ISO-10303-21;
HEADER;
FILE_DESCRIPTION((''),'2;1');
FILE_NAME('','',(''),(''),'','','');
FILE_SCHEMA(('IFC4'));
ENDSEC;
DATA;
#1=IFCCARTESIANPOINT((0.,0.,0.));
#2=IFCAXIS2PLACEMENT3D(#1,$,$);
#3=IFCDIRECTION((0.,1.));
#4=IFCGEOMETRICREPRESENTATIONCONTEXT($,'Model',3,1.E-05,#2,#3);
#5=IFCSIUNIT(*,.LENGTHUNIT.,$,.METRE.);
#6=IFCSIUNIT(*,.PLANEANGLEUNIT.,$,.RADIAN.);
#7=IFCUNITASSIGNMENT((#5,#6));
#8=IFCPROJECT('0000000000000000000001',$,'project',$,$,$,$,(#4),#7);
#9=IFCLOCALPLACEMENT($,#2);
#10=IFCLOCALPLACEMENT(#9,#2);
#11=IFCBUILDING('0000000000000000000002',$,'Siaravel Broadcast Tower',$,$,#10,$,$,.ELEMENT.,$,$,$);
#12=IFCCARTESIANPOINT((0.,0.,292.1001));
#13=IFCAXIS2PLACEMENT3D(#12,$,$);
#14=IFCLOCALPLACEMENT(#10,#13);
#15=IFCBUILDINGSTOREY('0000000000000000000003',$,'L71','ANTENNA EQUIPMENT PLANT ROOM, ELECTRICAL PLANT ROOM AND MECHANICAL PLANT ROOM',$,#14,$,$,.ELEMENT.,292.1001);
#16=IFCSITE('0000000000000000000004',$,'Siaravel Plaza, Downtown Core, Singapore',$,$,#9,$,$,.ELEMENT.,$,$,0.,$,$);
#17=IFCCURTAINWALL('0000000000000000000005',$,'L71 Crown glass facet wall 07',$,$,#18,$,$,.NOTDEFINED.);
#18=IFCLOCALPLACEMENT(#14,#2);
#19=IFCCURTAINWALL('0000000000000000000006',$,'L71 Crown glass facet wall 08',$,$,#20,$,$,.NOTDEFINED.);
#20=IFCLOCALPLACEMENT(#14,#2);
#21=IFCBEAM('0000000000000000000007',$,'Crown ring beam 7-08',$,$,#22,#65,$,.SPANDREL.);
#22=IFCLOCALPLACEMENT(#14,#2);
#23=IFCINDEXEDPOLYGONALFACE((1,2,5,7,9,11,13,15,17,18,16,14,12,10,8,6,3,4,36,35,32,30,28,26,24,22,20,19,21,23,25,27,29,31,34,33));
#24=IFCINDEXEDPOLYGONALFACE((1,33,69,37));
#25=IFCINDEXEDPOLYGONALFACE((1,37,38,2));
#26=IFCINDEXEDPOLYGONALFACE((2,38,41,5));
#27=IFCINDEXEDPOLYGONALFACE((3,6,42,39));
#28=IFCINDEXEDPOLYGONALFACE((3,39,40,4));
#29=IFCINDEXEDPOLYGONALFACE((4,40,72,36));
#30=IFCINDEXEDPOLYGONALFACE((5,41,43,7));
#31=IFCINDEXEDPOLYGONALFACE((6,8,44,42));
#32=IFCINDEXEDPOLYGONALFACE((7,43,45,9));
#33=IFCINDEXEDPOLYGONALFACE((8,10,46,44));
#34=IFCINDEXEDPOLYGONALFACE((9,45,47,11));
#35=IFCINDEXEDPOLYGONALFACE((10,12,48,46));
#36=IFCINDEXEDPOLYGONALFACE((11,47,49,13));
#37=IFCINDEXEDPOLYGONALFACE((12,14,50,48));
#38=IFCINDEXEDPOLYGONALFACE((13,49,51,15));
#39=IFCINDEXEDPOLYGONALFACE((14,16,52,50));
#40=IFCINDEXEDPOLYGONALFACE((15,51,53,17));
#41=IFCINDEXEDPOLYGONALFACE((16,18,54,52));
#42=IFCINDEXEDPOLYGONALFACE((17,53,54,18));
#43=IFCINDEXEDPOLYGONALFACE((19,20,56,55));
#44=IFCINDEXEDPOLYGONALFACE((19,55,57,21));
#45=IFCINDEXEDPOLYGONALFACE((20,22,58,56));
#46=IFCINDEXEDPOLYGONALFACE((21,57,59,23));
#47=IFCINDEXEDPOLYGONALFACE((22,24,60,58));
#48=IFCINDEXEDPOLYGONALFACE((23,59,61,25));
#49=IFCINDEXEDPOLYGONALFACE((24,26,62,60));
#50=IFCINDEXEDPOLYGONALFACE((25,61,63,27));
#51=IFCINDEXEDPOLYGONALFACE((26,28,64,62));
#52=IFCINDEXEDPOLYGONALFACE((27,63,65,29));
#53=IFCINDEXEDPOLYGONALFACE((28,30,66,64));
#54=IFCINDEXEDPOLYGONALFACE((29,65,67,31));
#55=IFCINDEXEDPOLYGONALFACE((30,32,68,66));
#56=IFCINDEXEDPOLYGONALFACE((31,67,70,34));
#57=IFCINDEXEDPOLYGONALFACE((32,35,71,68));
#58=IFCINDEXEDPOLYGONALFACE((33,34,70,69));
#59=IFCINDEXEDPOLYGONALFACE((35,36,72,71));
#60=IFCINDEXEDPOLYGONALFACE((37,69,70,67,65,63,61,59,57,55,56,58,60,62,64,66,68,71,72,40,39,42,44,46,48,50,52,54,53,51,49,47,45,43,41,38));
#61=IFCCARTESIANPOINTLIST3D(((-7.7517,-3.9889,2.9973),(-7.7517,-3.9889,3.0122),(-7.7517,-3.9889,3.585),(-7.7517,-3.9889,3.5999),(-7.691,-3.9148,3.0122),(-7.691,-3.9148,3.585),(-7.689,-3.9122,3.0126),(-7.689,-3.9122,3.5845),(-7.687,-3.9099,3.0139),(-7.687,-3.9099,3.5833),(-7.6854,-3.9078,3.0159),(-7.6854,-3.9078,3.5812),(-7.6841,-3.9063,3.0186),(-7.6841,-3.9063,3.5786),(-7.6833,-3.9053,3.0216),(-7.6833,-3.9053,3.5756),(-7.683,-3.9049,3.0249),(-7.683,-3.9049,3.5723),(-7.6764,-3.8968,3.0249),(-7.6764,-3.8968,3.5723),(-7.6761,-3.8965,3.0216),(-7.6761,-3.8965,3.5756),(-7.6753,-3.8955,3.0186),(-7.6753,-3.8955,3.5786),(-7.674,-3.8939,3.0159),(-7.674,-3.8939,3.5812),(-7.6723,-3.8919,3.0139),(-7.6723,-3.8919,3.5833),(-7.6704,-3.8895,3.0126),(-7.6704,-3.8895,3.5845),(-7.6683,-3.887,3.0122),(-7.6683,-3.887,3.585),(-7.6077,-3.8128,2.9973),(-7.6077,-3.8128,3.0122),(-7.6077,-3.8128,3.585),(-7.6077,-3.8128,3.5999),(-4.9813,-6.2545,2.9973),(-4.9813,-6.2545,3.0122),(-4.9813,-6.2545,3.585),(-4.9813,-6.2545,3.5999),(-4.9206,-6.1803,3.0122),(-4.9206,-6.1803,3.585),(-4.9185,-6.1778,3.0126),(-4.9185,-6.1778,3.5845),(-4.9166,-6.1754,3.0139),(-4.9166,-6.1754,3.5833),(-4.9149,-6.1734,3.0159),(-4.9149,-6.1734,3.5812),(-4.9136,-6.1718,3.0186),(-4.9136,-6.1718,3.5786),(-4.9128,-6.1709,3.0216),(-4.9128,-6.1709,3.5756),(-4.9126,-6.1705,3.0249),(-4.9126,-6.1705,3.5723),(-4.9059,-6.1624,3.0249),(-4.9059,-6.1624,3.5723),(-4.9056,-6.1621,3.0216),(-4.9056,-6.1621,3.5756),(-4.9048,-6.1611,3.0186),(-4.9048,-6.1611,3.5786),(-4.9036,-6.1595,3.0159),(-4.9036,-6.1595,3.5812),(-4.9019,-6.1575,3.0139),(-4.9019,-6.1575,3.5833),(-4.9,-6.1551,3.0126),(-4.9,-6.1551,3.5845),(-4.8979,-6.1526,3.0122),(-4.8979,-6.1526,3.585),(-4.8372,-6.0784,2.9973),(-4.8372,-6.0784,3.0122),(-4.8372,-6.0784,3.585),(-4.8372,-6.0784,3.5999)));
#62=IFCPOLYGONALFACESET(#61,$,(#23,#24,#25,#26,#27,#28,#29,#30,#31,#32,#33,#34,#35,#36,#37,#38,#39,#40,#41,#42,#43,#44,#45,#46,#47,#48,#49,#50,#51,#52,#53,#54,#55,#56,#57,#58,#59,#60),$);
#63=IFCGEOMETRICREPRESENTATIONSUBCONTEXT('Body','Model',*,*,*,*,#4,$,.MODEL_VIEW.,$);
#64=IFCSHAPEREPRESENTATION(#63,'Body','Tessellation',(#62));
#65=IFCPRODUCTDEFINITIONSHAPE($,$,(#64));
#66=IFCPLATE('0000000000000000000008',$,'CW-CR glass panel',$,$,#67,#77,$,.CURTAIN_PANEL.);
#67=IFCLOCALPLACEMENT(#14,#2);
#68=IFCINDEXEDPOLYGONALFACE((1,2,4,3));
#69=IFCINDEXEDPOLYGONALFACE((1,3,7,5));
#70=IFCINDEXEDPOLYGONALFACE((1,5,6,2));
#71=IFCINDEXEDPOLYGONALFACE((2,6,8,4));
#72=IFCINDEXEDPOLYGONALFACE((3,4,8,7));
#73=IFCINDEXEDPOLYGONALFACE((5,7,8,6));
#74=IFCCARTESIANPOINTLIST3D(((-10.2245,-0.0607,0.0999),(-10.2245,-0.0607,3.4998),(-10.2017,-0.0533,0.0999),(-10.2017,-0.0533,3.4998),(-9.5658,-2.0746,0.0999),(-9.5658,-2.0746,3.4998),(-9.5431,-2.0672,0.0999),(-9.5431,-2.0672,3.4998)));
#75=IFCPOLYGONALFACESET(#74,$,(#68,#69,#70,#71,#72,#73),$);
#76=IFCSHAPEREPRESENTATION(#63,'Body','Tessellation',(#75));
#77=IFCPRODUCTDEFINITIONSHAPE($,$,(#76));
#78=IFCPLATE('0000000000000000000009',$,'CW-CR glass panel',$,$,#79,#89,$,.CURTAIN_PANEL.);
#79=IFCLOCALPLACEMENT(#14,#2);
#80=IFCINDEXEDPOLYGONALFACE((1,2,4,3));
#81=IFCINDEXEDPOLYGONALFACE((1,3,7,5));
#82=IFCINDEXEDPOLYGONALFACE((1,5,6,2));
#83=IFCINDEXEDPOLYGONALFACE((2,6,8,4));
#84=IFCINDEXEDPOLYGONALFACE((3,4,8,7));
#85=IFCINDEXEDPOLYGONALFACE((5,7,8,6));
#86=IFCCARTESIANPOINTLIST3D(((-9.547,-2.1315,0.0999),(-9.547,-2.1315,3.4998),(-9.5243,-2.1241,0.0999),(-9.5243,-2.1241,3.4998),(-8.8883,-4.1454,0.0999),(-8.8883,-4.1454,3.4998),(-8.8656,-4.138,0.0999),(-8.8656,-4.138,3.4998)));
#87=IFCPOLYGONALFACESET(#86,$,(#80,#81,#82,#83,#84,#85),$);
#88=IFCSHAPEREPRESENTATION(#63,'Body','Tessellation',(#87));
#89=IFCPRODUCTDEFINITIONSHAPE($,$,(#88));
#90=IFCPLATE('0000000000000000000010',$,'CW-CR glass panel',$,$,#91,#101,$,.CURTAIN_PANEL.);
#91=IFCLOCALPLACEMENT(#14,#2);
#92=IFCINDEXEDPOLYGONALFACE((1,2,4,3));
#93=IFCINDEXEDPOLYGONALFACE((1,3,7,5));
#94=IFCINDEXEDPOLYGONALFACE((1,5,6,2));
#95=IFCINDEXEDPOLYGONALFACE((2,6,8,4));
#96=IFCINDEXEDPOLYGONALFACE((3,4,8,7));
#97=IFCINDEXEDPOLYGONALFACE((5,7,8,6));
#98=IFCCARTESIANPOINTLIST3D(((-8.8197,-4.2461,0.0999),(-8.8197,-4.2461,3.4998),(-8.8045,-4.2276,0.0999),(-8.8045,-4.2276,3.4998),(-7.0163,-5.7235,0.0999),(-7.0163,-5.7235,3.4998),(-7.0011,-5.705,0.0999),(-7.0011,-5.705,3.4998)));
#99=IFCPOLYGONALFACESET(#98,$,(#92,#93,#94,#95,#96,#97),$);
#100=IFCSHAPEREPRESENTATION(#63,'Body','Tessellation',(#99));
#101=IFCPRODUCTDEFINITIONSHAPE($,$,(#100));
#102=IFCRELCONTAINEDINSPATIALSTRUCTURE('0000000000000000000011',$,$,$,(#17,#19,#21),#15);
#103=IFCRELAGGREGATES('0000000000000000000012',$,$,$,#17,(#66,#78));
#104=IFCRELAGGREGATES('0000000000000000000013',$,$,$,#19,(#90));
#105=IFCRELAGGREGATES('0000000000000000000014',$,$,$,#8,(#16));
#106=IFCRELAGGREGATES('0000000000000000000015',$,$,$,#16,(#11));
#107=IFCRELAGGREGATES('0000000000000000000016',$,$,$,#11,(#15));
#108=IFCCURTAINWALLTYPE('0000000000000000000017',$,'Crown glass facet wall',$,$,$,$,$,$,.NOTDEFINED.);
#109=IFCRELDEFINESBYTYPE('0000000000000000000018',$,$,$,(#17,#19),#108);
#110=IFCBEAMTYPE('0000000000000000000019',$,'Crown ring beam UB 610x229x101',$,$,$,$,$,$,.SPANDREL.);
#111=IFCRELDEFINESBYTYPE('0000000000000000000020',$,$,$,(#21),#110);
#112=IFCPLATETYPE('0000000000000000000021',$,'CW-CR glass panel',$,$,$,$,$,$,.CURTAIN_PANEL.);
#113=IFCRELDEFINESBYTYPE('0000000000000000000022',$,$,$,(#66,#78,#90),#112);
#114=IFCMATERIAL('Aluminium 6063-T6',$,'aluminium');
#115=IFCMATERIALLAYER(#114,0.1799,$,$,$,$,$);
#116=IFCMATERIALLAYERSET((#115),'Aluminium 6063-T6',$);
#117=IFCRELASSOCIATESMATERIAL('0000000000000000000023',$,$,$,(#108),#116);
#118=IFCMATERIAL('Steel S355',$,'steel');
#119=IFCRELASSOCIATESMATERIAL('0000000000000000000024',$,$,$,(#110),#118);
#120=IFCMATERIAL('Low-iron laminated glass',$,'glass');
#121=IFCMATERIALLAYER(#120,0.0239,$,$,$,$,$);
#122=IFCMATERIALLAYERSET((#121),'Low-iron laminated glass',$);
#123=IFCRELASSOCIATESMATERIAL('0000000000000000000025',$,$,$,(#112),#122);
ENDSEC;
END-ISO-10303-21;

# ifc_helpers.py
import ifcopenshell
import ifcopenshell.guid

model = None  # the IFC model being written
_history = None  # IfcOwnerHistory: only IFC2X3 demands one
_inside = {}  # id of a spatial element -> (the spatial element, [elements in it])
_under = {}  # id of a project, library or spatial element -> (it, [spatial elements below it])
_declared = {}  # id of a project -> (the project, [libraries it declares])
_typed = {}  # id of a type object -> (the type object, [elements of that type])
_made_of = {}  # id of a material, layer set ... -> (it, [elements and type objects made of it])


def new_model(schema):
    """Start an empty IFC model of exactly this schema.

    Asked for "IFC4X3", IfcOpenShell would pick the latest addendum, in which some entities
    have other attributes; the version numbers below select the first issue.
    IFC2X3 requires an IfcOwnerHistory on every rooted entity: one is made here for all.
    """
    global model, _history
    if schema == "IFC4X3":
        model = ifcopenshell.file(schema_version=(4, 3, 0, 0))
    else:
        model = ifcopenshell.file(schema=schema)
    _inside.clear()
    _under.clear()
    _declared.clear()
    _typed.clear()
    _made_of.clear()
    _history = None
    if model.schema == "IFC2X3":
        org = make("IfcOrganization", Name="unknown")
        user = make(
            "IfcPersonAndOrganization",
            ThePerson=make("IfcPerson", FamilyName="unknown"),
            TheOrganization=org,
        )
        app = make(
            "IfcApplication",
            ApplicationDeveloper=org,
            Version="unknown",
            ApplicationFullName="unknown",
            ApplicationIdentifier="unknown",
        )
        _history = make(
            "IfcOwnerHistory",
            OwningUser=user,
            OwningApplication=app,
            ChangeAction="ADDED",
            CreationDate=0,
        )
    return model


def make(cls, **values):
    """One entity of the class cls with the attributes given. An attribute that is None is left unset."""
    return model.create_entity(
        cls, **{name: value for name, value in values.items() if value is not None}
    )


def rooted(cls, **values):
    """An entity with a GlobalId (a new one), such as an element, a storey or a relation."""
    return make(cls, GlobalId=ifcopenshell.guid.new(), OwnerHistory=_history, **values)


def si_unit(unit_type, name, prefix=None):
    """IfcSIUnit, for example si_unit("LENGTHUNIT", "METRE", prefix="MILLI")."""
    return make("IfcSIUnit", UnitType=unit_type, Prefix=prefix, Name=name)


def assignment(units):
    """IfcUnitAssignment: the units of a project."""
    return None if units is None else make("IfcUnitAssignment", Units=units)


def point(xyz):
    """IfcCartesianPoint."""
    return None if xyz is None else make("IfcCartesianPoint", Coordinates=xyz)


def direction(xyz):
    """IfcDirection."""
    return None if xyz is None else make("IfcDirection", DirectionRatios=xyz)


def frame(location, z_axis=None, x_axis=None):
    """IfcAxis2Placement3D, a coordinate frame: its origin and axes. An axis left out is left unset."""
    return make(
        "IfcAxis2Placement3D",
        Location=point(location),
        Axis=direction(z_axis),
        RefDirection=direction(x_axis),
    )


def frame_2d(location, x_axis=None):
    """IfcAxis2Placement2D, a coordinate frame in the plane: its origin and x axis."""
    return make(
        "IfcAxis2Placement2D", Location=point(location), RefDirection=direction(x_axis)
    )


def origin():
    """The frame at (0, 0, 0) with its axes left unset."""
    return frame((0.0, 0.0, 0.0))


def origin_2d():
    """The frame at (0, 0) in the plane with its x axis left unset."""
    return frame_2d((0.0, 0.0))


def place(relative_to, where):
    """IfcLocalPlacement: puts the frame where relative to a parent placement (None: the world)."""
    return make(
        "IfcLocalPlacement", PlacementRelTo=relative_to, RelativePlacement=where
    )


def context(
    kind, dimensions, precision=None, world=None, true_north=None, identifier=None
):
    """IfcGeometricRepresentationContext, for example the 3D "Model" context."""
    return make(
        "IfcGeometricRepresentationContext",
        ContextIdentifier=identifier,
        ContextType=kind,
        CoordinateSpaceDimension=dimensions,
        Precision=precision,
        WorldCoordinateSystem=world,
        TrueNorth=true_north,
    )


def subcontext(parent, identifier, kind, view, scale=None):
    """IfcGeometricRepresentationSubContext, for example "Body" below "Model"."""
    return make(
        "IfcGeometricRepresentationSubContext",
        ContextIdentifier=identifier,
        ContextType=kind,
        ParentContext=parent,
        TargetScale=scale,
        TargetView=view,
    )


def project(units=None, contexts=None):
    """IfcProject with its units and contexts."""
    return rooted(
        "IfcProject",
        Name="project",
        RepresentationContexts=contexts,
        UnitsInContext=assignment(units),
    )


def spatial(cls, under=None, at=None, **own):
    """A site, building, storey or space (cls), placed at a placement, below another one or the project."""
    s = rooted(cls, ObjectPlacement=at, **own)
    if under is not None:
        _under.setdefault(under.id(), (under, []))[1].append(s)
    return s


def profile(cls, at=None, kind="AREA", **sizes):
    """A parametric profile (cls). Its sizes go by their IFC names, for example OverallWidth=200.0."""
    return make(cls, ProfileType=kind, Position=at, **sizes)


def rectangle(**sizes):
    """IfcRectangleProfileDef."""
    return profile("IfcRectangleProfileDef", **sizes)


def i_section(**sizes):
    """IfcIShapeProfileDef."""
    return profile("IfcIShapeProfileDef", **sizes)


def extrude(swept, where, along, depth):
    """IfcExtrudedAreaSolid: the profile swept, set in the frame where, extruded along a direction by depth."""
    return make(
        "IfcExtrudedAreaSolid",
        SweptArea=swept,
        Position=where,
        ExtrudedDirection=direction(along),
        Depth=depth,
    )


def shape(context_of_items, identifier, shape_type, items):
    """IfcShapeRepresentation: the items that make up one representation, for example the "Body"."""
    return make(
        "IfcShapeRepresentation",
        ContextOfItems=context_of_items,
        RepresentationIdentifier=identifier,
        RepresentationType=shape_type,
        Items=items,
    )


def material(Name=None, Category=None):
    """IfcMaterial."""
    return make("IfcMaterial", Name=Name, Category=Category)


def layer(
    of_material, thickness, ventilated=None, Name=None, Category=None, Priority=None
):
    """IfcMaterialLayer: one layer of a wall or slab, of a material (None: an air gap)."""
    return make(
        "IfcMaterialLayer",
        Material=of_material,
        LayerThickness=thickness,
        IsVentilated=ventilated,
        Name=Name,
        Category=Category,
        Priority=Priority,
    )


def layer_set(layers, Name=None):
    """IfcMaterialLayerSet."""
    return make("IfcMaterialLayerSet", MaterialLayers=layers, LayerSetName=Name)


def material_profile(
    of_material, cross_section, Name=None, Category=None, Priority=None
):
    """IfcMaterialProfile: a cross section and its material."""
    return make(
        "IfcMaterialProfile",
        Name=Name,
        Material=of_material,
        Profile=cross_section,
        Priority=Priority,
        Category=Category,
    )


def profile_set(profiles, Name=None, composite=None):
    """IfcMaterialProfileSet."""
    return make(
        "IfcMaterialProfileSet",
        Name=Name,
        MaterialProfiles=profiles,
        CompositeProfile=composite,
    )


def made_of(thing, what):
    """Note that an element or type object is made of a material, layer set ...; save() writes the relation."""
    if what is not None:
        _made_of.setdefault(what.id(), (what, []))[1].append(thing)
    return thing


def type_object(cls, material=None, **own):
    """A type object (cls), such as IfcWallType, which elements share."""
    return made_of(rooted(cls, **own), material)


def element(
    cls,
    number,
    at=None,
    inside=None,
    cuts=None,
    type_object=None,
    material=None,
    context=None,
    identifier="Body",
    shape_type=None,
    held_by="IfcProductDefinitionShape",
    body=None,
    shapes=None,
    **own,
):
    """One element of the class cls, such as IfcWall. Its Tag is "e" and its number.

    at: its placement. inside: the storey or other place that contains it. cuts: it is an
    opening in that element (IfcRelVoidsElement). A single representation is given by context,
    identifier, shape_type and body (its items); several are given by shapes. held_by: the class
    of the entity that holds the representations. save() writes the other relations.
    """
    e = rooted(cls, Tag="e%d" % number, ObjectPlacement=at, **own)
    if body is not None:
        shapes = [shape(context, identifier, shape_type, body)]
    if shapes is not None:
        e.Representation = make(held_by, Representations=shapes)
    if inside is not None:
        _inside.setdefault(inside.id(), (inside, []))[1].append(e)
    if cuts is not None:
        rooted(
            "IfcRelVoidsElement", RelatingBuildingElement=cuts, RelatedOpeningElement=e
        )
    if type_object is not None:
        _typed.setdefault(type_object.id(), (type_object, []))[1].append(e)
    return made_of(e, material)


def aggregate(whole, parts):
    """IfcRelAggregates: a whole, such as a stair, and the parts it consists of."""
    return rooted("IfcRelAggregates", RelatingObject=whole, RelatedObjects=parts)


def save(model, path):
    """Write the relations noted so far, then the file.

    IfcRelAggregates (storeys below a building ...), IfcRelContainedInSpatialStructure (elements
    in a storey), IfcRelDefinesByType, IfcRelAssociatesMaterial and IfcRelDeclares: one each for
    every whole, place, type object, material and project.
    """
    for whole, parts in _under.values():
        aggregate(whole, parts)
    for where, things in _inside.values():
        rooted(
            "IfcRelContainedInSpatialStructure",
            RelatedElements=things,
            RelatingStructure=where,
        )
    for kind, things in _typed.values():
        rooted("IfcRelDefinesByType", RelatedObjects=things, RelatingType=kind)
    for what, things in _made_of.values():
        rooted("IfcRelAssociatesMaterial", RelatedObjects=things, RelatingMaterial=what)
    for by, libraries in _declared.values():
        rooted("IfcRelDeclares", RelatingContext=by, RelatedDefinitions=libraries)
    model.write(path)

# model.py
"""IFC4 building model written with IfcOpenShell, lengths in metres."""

from ifc_helpers import new_model, si_unit, direction, frame, origin, origin_2d, place, context, subcontext, project, spatial, rectangle, i_section, extrude, material, layer, layer_set, material_profile, profile_set, type_object, element, aggregate, save


model = new_model("IFC4")

# Units and contexts
model_context = context("Model", 3, precision=1e-05, world=origin(), true_north=direction((0.0, 1.0)))
body_context = subcontext(model_context, "Body", "Model", "MODEL_VIEW")
ifc_project = project(units=[si_unit("LENGTHUNIT", "METRE"), si_unit("PLANEANGLEUNIT", "RADIAN")], contexts=[model_context])

# Site, building, storey
site_placement = place(None, origin())
site = spatial("IfcSite", under=ifc_project, at=site_placement, Name="Siaravel Plaza, Downtown Core, Singapore", CompositionType="ELEMENT", RefElevation=0.0)
building_placement = place(site_placement, origin())
building = spatial("IfcBuilding", under=site, at=building_placement, Name="Siaravel Broadcast Tower", CompositionType="ELEMENT")
storey_placement = place(building_placement, frame((0.0, 0.0, 292.1001)))
storey = spatial("IfcBuildingStorey", under=building, at=storey_placement, Name="L71", Description="ANTENNA EQUIPMENT PLANT ROOM, ELECTRICAL PLANT ROOM AND MECHANICAL PLANT ROOM", CompositionType="ELEMENT", Elevation=292.1001)

# Curtain walls
ifc_material_1 = material(Name="Aluminium 6063-T6", Category="aluminium")
ifc_layer_1 = layer(ifc_material_1, 0.1799)
ifc_layer_set_1 = layer_set([ifc_layer_1], Name="Aluminium 6063-T6")
curtain_wall_type = type_object("IfcCurtainWallType", Name="Crown glass facet wall", PredefinedType="NOTDEFINED", material=ifc_layer_set_1)
curtain_wall_1_placement = place(storey_placement, origin())
curtain_wall_1 = element("IfcCurtainWall", 1, at=curtain_wall_1_placement, inside=storey, type_object=curtain_wall_type, Name="L71 Crown glass facet wall 07", PredefinedType="NOTDEFINED")
curtain_wall_2_placement = place(storey_placement, origin())
curtain_wall_2 = element("IfcCurtainWall", 2, at=curtain_wall_2_placement, inside=storey, type_object=curtain_wall_type, Name="L71 Crown glass facet wall 08", PredefinedType="NOTDEFINED")

# Beam
ifc_material_2 = material(Name="Steel S355", Category="steel")
ifc_material_profile_1 = material_profile(ifc_material_2, i_section(OverallWidth=0.2275, OverallDepth=0.6025, WebThickness=0.0105, FlangeThickness=0.0149, FilletRadius=0.0127, at=origin_2d()))
ifc_profile_set_1 = profile_set([ifc_material_profile_1], Name="Steel S355")
beam_type_1 = type_object("IfcBeamType", Name="Crown ring beam UB 610x229x101", PredefinedType="SPANDREL", material=ifc_profile_set_1)
beam_1_placement = place(storey_placement, frame((-7.6797, -3.9009, 3.2986), z_axis=(0.774115, -0.633045, 0.0), x_axis=(0.633045, 0.774115, 0.0)))
element("IfcBeam", 3, at=beam_1_placement, inside=storey, type_object=beam_type_1, Name="Crown ring beam 7-08", PredefinedType="SPANDREL", context=body_context, shape_type="SweptSolid", body=[
    extrude(i_section(OverallWidth=0.2275, OverallDepth=0.6025, WebThickness=0.0105, FlangeThickness=0.0149, FilletRadius=0.0127, at=origin_2d()), origin(), (0.0, 0.0, 1.0), 3.5789),
])

# Plates
ifc_material_3 = material(Name="Low-iron laminated glass", Category="glass")
ifc_layer_2 = layer(ifc_material_3, 0.0239)
ifc_layer_set_2 = layer_set([ifc_layer_2], Name="Low-iron laminated glass")
plate_type = type_object("IfcPlateType", Name="CW-CR glass panel", PredefinedType="CURTAIN_PANEL", material=ifc_layer_set_2)
plate_1_placement = place(storey_placement, frame((-9.8838, -1.064, 0.0999), z_axis=(0.0, 0.0, 1.0), x_axis=(0.310848, -0.95046, 0.0)))
plate_1 = element("IfcPlate", 4, at=plate_1_placement, type_object=plate_type, Name="CW-CR glass panel", PredefinedType="CURTAIN_PANEL", context=body_context, shape_type="SweptSolid", body=[
    extrude(rectangle(XDim=2.1189, YDim=0.0239, at=origin_2d()), origin(), (0.0, 0.0, 1.0), 3.3999),
])
plate_2_placement = place(storey_placement, frame((-9.2063, -3.1348, 0.0999), z_axis=(0.0, 0.0, 1.0), x_axis=(0.310848, -0.95046, 0.0)))
plate_2 = element("IfcPlate", 5, at=plate_2_placement, type_object=plate_type, Name="CW-CR glass panel", PredefinedType="CURTAIN_PANEL", context=body_context, shape_type="SweptSolid", body=[
    extrude(rectangle(XDim=2.1189, YDim=0.0239, at=origin_2d()), origin(), (0.0, 0.0, 1.0), 3.3999),
])
aggregate(curtain_wall_1, [plate_1, plate_2])
plate_3_placement = place(storey_placement, frame((-7.9104, -4.9756, 0.0999), z_axis=(0.0, 0.0, 1.0), x_axis=(0.773559, -0.633724, 0.0)))
plate_3 = element("IfcPlate", 6, at=plate_3_placement, type_object=plate_type, Name="CW-CR glass panel", PredefinedType="CURTAIN_PANEL", context=body_context, shape_type="SweptSolid", body=[
    extrude(rectangle(XDim=2.3313, YDim=0.0239, at=origin_2d()), origin(), (0.0, 0.0, 1.0), 3.3999),
])
aggregate(curtain_wall_2, [plate_3])

save(model, "model.ifc")
